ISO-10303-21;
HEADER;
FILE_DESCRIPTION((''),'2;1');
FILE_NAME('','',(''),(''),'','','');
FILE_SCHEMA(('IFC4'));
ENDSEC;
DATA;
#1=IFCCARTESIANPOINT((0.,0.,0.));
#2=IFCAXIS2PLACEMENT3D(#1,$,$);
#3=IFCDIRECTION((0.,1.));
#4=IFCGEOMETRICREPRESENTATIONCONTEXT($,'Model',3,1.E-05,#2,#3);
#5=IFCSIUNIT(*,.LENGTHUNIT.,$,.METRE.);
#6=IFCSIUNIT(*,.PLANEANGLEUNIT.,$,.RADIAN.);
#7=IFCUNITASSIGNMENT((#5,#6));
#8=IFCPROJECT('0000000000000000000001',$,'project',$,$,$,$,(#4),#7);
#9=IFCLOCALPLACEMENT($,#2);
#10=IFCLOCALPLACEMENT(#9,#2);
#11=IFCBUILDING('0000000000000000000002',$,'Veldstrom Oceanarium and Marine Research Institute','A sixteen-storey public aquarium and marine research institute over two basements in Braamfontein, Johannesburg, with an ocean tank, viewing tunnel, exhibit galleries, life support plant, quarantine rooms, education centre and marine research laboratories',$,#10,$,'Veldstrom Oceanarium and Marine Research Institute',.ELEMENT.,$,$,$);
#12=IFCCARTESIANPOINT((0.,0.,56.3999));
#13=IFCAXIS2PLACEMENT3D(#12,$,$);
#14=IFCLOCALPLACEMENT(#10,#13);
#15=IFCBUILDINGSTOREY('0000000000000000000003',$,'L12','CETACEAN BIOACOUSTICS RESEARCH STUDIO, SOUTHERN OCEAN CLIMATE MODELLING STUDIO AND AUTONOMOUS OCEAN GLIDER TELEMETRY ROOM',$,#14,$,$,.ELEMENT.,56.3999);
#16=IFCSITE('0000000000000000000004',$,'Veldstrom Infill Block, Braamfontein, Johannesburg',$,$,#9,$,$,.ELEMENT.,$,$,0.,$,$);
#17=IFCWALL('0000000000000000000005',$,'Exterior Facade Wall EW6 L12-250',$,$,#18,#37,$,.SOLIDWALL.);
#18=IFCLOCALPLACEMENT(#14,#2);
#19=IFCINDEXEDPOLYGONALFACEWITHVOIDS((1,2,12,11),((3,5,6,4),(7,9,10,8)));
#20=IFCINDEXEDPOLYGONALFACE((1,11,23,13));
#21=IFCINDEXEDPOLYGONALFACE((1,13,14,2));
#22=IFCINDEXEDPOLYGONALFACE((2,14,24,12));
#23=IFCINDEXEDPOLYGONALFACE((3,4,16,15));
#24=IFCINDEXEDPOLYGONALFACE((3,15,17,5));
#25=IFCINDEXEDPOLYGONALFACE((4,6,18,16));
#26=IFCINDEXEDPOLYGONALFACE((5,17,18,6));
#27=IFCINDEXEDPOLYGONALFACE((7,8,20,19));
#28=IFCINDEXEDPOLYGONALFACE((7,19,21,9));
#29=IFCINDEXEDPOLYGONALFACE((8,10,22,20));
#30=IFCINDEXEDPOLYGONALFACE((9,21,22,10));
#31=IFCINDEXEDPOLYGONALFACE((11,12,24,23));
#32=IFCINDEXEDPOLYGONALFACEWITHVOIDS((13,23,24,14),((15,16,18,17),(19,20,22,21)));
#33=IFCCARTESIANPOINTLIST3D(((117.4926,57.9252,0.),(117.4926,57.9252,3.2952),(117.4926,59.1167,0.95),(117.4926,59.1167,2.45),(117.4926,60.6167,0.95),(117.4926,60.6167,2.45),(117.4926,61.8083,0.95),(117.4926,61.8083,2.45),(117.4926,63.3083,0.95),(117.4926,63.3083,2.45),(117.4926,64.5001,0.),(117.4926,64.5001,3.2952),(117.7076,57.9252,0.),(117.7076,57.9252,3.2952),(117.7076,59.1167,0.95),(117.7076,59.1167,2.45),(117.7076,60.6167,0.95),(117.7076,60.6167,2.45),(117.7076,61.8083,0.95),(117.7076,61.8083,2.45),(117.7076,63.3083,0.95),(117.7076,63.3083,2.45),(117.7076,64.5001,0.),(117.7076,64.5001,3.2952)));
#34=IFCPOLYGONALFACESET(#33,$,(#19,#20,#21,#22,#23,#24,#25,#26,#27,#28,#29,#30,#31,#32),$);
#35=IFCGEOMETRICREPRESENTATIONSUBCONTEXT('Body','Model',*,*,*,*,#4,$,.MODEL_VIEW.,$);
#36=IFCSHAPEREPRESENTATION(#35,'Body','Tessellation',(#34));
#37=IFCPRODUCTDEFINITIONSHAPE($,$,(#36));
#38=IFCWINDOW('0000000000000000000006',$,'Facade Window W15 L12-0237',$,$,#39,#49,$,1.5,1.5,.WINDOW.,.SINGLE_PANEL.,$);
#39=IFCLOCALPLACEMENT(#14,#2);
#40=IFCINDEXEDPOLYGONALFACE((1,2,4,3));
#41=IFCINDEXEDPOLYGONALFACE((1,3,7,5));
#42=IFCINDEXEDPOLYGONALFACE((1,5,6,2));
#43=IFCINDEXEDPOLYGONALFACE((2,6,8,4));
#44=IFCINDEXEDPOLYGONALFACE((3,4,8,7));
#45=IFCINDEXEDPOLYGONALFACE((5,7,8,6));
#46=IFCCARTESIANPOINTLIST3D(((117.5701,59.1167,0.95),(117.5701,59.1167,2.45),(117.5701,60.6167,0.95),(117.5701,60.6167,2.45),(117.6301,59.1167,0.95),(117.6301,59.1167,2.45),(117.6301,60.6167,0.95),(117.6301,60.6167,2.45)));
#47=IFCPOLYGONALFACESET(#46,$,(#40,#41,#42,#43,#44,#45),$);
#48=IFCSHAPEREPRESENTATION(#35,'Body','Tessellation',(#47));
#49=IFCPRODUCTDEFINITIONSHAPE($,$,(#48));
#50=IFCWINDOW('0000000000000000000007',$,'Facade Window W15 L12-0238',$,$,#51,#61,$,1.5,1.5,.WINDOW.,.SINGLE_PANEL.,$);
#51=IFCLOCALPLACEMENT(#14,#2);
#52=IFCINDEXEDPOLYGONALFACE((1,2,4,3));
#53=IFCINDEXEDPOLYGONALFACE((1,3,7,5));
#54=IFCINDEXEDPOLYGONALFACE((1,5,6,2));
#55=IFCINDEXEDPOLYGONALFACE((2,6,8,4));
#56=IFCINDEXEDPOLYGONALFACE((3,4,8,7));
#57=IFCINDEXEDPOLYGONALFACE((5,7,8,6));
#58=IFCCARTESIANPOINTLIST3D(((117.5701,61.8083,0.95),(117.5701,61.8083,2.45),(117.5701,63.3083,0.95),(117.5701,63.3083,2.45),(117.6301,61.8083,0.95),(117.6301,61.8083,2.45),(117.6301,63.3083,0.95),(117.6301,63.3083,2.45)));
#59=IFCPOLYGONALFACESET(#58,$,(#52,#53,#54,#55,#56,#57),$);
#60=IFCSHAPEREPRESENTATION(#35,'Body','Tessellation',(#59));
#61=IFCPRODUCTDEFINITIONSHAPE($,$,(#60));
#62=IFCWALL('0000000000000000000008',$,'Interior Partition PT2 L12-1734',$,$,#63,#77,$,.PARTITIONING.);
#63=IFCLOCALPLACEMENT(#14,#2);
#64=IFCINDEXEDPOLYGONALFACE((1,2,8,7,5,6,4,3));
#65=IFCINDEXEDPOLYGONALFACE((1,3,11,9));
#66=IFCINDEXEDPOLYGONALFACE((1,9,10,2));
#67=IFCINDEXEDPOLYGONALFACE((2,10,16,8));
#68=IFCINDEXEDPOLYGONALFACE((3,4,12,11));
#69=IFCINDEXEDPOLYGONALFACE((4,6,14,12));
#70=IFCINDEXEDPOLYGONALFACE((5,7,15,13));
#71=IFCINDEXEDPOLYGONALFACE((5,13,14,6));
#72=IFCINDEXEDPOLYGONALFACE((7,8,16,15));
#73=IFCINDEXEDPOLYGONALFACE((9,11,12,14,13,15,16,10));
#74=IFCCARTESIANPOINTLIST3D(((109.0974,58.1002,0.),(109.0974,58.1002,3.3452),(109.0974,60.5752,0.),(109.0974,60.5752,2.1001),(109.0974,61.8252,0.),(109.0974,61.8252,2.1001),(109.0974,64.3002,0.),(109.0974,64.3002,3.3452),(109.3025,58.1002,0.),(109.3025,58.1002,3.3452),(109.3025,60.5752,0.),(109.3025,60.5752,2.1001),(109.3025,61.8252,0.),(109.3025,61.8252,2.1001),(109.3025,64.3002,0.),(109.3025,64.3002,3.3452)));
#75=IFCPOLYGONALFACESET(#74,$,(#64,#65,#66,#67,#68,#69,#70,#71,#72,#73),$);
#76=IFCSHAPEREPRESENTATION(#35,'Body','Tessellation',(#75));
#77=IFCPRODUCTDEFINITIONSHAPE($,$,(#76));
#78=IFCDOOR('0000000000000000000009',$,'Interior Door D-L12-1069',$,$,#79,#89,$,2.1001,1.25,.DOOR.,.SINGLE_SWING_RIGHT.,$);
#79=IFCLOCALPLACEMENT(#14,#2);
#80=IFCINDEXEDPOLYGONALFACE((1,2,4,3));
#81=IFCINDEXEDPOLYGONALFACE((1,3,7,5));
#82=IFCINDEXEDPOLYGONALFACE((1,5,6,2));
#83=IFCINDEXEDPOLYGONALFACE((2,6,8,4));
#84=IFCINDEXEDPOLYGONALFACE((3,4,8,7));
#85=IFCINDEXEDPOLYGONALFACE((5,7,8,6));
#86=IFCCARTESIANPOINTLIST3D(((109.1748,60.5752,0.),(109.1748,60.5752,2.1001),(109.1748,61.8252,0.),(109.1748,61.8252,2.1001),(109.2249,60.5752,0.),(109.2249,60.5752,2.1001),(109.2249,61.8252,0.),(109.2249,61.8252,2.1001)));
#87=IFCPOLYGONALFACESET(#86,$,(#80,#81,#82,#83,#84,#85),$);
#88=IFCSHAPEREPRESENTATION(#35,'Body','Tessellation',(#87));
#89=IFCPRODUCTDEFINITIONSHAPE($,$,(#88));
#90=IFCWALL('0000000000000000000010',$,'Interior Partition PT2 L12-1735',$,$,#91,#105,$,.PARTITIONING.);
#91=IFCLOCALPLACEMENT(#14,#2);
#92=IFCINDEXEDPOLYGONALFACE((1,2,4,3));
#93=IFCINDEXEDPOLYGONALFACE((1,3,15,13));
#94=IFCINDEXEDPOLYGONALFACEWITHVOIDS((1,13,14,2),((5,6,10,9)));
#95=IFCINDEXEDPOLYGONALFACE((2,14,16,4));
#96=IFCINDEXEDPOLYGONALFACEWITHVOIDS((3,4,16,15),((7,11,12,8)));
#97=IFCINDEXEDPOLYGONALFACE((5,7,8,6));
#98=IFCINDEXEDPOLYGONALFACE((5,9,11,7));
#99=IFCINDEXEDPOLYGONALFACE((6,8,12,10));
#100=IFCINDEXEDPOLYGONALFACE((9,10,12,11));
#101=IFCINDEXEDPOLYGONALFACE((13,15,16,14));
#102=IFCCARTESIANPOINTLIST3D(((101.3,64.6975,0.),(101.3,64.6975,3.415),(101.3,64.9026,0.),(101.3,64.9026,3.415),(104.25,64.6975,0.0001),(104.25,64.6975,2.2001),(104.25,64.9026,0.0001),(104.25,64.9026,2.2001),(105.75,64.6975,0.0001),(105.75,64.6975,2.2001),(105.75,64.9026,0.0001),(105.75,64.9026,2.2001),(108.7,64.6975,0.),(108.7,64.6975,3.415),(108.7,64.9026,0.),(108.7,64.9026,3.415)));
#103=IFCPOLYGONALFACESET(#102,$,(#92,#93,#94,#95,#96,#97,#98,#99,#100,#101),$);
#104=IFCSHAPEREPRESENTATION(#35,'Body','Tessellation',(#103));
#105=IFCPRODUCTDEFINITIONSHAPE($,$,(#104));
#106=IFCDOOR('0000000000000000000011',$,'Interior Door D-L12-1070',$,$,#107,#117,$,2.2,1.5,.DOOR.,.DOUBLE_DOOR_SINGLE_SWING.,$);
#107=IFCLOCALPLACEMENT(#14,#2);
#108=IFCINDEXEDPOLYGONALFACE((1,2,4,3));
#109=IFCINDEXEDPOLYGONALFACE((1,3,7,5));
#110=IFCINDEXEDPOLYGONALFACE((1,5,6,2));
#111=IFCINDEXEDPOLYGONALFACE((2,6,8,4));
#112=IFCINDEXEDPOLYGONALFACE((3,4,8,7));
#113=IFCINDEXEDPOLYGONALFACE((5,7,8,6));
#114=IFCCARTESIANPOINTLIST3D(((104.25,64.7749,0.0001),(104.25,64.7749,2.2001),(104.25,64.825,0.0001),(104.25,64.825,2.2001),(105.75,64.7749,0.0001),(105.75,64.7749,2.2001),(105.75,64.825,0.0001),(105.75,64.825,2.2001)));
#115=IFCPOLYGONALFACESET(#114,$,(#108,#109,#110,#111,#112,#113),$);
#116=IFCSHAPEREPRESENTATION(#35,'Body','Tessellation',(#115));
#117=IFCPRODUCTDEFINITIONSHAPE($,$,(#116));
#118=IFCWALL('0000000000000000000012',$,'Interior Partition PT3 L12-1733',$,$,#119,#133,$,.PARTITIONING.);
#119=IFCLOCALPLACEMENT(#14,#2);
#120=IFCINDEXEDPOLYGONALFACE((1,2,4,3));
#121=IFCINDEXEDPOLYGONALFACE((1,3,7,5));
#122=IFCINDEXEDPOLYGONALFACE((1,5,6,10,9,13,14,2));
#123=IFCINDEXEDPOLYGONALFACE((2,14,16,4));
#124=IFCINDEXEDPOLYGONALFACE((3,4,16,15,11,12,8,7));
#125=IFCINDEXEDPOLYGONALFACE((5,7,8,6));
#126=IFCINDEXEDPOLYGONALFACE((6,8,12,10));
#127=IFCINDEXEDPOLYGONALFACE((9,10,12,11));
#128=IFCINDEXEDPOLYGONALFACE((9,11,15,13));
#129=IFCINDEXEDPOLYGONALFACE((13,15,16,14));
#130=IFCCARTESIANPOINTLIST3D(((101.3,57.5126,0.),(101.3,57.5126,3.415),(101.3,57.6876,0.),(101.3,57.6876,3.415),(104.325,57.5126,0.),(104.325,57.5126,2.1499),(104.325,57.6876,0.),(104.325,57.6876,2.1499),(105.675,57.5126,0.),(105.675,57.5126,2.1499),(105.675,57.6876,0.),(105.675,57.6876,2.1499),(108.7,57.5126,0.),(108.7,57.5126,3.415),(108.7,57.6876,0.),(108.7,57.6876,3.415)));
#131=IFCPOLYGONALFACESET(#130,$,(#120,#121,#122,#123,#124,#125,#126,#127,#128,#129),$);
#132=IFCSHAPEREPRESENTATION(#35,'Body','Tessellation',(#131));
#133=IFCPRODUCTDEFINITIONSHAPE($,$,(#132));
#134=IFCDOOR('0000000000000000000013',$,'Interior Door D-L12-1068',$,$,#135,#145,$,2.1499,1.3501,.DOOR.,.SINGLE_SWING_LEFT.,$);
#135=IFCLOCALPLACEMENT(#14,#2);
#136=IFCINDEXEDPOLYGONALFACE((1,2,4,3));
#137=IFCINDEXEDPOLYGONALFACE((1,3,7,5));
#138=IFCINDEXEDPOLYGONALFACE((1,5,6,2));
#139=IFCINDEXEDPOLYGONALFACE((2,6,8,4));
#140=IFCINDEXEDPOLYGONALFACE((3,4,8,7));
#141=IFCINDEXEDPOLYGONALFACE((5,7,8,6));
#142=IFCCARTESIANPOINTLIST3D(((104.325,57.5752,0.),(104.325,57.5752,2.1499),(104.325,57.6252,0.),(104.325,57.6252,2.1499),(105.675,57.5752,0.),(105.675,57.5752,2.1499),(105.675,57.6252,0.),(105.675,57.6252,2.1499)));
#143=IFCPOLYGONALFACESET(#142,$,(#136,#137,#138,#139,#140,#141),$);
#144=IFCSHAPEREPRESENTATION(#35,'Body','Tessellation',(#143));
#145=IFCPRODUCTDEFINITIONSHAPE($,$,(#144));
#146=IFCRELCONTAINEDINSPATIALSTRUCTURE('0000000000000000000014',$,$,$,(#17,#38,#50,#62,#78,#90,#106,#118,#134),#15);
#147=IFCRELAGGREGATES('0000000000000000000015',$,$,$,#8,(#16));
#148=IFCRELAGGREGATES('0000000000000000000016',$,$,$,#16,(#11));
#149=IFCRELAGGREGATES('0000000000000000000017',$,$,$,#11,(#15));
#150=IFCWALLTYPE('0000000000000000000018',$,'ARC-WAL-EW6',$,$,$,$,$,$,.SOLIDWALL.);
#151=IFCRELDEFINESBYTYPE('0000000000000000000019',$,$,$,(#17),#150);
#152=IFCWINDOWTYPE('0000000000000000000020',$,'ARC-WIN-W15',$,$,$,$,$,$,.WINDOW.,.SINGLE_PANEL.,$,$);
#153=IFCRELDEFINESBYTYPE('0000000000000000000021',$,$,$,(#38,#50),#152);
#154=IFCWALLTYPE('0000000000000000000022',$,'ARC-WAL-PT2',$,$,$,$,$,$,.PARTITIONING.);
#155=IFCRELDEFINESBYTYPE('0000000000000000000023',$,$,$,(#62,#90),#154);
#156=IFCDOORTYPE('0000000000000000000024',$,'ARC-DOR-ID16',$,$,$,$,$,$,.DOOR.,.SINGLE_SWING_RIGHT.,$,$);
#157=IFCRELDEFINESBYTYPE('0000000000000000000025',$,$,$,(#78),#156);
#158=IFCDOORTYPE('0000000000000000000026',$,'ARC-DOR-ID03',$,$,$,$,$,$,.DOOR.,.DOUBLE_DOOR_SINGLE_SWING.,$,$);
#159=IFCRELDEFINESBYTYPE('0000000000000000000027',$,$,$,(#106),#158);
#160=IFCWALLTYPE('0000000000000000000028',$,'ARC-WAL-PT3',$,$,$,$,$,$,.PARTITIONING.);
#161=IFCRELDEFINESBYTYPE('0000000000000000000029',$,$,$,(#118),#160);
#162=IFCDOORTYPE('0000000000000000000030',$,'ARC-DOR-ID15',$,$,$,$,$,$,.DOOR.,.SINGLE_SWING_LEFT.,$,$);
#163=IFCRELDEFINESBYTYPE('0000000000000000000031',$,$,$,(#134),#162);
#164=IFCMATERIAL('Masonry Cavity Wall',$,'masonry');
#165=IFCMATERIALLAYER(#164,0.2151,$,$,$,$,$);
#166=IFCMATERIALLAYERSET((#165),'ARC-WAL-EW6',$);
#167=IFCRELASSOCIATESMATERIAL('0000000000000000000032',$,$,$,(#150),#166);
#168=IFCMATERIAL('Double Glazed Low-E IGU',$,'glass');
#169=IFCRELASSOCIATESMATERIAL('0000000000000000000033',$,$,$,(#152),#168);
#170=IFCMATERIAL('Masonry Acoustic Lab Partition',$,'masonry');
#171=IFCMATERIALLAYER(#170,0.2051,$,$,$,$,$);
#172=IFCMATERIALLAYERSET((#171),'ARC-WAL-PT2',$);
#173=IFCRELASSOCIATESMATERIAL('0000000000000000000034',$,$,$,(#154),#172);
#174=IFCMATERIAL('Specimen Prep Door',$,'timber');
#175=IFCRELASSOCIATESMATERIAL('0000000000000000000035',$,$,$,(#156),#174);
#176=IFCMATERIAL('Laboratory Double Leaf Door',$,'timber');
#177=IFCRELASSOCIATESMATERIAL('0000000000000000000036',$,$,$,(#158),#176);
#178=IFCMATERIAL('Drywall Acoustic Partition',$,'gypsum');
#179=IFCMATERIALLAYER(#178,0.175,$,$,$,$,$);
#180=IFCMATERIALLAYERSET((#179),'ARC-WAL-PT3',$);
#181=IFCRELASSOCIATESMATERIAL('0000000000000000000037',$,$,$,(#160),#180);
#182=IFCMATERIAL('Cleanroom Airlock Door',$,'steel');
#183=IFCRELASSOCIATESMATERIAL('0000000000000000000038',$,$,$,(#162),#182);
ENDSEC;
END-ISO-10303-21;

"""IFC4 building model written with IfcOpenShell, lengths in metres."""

from ifc_helpers import new_model, si_unit, direction, frame, frame_2d, origin, place, context, subcontext, project, spatial, rectangle, extrude, material, layer, layer_set, type_object, element, fill, save


model = new_model("IFC4")

# Units and contexts
model_context = context("Model", 3, precision=1e-05, world=origin(), true_north=direction((0.0, 1.0)))
body_context = subcontext(model_context, "Body", "Model", "MODEL_VIEW")
ifc_project = project(units=[si_unit("LENGTHUNIT", "METRE"), si_unit("PLANEANGLEUNIT", "RADIAN")], contexts=[model_context])

# Site, building, storey
site_placement = place(None, origin())
site = spatial("IfcSite", under=ifc_project, at=site_placement, Name="Veldstrom Infill Block, Braamfontein, Johannesburg", CompositionType="ELEMENT", RefElevation=0.0)
building_placement = place(site_placement, origin())
building = spatial("IfcBuilding", under=site, at=building_placement, Name="Veldstrom Oceanarium and Marine Research Institute", Description="A sixteen-storey public aquarium and marine research institute over two basements in Braamfontein, Johannesburg, with an ocean tank, viewing tunnel, exhibit galleries, life support plant, quarantine rooms, education centre and marine research laboratories", LongName="Veldstrom Oceanarium and Marine Research Institute", CompositionType="ELEMENT")
storey_placement = place(building_placement, frame((0.0, 0.0, 56.3999)))
storey = spatial("IfcBuildingStorey", under=building, at=storey_placement, Name="L12", Description="CETACEAN BIOACOUSTICS RESEARCH STUDIO, SOUTHERN OCEAN CLIMATE MODELLING STUDIO AND AUTONOMOUS OCEAN GLIDER TELEMETRY ROOM", CompositionType="ELEMENT", Elevation=56.3999)

# Wall, openings, windows
ifc_material_1 = material(Name="Masonry Cavity Wall", Category="masonry")
ifc_layer_1 = layer(ifc_material_1, 0.2151)
ifc_layer_set_1 = layer_set([ifc_layer_1], Name="ARC-WAL-EW6")
wall_type_1 = type_object("IfcWallType", Name="ARC-WAL-EW6", PredefinedType="SOLIDWALL", material=ifc_layer_set_1)
wall_1_placement = place(storey_placement, frame((117.6001, 57.925, 0.0), z_axis=(0.0, 0.0, 1.0), x_axis=(0.0, 1.0, 0.0)))
wall_1 = element("IfcWall", 1, at=wall_1_placement, inside=storey, type_object=wall_type_1, Name="Exterior Facade Wall EW6 L12-250", PredefinedType="SOLIDWALL", context=body_context, shape_type="SweptSolid", body=[
    extrude(rectangle(XDim=6.575, YDim=0.2151, at=frame_2d((3.2876, 0.0))), origin(), (0.0, 0.0, 1.0), 3.2952),
])
opening_1_placement = place(wall_1_placement, frame((1.1917, 0.0, 0.95)))
opening_1 = element("IfcOpeningElement", 2, at=opening_1_placement, cuts=wall_1, PredefinedType="OPENING", context=body_context, shape_type="SweptSolid", body=[
    extrude(rectangle(XDim=1.5, YDim=1.5, at=frame_2d((0.75, 0.75))), frame((0.0, 0.1174, 0.0), z_axis=(0.0, -1.0, 0.0), x_axis=(1.0, 0.0, 0.0)), (0.0, 0.0, 1.0), 0.2351),
])
opening_2_placement = place(wall_1_placement, frame((3.8833, 0.0, 0.95)))
opening_2 = element("IfcOpeningElement", 3, at=opening_2_placement, cuts=wall_1, PredefinedType="OPENING", context=body_context, shape_type="SweptSolid", body=[
    extrude(rectangle(XDim=1.5, YDim=1.5, at=frame_2d((0.75, 0.75))), frame((0.0, 0.1174, 0.0), z_axis=(0.0, -1.0, 0.0), x_axis=(1.0, 0.0, 0.0)), (0.0, 0.0, 1.0), 0.2351),
])
ifc_material_2 = material(Name="Double Glazed Low-E IGU", Category="glass")
window_type = type_object("IfcWindowType", Name="ARC-WIN-W15", PartitioningType="SINGLE_PANEL", PredefinedType="WINDOW", material=ifc_material_2)
window_1_placement = place(opening_1_placement, origin())
window_1 = element("IfcWindow", 4, at=window_1_placement, inside=storey, type_object=window_type, Name="Facade Window W15 L12-0237", OverallHeight=1.5, OverallWidth=1.5, PartitioningType="SINGLE_PANEL", PredefinedType="WINDOW", context=body_context, shape_type="SweptSolid", body=[
    extrude(rectangle(XDim=1.5, YDim=1.5, at=frame_2d((0.75, 0.75))), frame((0.0, 0.03, 0.0), z_axis=(0.0, -1.0, 0.0), x_axis=(1.0, 0.0, 0.0)), (0.0, 0.0, 1.0), 0.0601),
])
fill(opening_1, window_1)
window_2_placement = place(opening_2_placement, origin())
window_2 = element("IfcWindow", 5, at=window_2_placement, inside=storey, type_object=window_type, Name="Facade Window W15 L12-0238", OverallHeight=1.5, OverallWidth=1.5, PartitioningType="SINGLE_PANEL", PredefinedType="WINDOW", context=body_context, shape_type="SweptSolid", body=[
    extrude(rectangle(XDim=1.5, YDim=1.5, at=frame_2d((0.75, 0.75))), frame((0.0, 0.03, 0.0), z_axis=(0.0, -1.0, 0.0), x_axis=(1.0, 0.0, 0.0)), (0.0, 0.0, 1.0), 0.0601),
])
fill(opening_2, window_2)

# Walls, openings, doors
ifc_material_3 = material(Name="Masonry Acoustic Lab Partition", Category="masonry")
ifc_layer_2 = layer(ifc_material_3, 0.2051)
ifc_layer_set_2 = layer_set([ifc_layer_2], Name="ARC-WAL-PT2")
wall_type_2 = type_object("IfcWallType", Name="ARC-WAL-PT2", PredefinedType="PARTITIONING", material=ifc_layer_set_2)
wall_2_placement = place(storey_placement, frame((109.2, 58.1001, 0.0), z_axis=(0.0, 0.0, 1.0), x_axis=(0.0, 1.0, 0.0)))
wall_2 = element("IfcWall", 6, at=wall_2_placement, inside=storey, type_object=wall_type_2, Name="Interior Partition PT2 L12-1734", PredefinedType="PARTITIONING", context=body_context, shape_type="SweptSolid", body=[
    extrude(rectangle(XDim=6.2, YDim=0.2051, at=frame_2d((3.1001, 0.0))), origin(), (0.0, 0.0, 1.0), 3.3452),
])
opening_3_placement = place(wall_2_placement, frame((2.4751, 0.0, 0.0)))
opening_3 = element("IfcOpeningElement", 7, at=opening_3_placement, cuts=wall_2, PredefinedType="OPENING", context=body_context, shape_type="SweptSolid", body=[
    extrude(rectangle(XDim=1.25, YDim=2.1001, at=frame_2d((0.625, 1.05))), frame((0.0, 0.1125, 0.0), z_axis=(0.0, -1.0, 0.0), x_axis=(1.0, 0.0, 0.0)), (0.0, 0.0, 1.0), 0.2251),
])
ifc_material_4 = material(Name="Specimen Prep Door", Category="timber")
door_type_1 = type_object("IfcDoorType", Name="ARC-DOR-ID16", OperationType="SINGLE_SWING_RIGHT", PredefinedType="DOOR", material=ifc_material_4)
door_1_placement = place(opening_3_placement, frame((1.25, 0.0, 0.0), z_axis=(0.0, 0.0, 1.0), x_axis=(-1.0, 0.0, 0.0)))
door_1 = element("IfcDoor", 8, at=door_1_placement, inside=storey, type_object=door_type_1, Name="Interior Door D-L12-1069", OperationType="SINGLE_SWING_RIGHT", OverallHeight=2.1001, OverallWidth=1.25, PredefinedType="DOOR", context=body_context, shape_type="SweptSolid", body=[
    extrude(rectangle(XDim=1.25, YDim=2.1001, at=frame_2d((0.625, 1.05))), frame((0.0, 0.0249, 0.0), z_axis=(0.0, -1.0, 0.0), x_axis=(1.0, 0.0, 0.0)), (0.0, 0.0, 1.0), 0.05),
])
fill(opening_3, door_1)
wall_3_placement = place(storey_placement, frame((101.3, 64.8, 0.0), z_axis=(0.0, 0.0, 1.0), x_axis=(1.0, 0.0, 0.0)))
wall_3 = element("IfcWall", 9, at=wall_3_placement, inside=storey, type_object=wall_type_2, Name="Interior Partition PT2 L12-1735", PredefinedType="PARTITIONING", context=body_context, shape_type="SweptSolid", body=[
    extrude(rectangle(XDim=7.3999, YDim=0.2051, at=frame_2d((3.7, 0.0))), origin(), (0.0, 0.0, 1.0), 3.415),
])
opening_4_placement = place(wall_3_placement, frame((2.95, 0.0, 0.0)))
opening_4 = element("IfcOpeningElement", 10, at=opening_4_placement, cuts=wall_3, PredefinedType="OPENING", context=body_context, shape_type="SweptSolid", body=[
    extrude(rectangle(XDim=1.5, YDim=2.2, at=frame_2d((0.75, 1.1001))), frame((0.0, 0.1125, 0.0), z_axis=(0.0, -1.0, 0.0), x_axis=(1.0, 0.0, 0.0)), (0.0, 0.0, 1.0), 0.2251),
])
ifc_material_5 = material(Name="Laboratory Double Leaf Door", Category="timber")
door_type_2 = type_object("IfcDoorType", Name="ARC-DOR-ID03", OperationType="DOUBLE_DOOR_SINGLE_SWING", PredefinedType="DOOR", material=ifc_material_5)
door_2_placement = place(opening_4_placement, origin())
door_2 = element("IfcDoor", 11, at=door_2_placement, inside=storey, type_object=door_type_2, Name="Interior Door D-L12-1070", OperationType="DOUBLE_DOOR_SINGLE_SWING", OverallHeight=2.2, OverallWidth=1.5, PredefinedType="DOOR", context=body_context, shape_type="SweptSolid", body=[
    extrude(rectangle(XDim=1.5, YDim=2.2, at=frame_2d((0.75, 1.1001))), frame((0.0, 0.0249, 0.0), z_axis=(0.0, -1.0, 0.0), x_axis=(1.0, 0.0, 0.0)), (0.0, 0.0, 1.0), 0.05),
])
fill(opening_4, door_2)
ifc_material_6 = material(Name="Drywall Acoustic Partition", Category="gypsum")
ifc_layer_3 = layer(ifc_material_6, 0.175)
ifc_layer_set_3 = layer_set([ifc_layer_3], Name="ARC-WAL-PT3")
wall_type_3 = type_object("IfcWallType", Name="ARC-WAL-PT3", PredefinedType="PARTITIONING", material=ifc_layer_set_3)
wall_4_placement = place(storey_placement, frame((101.3, 57.6001, 0.0), z_axis=(0.0, 0.0, 1.0), x_axis=(1.0, 0.0, 0.0)))
wall_4 = element("IfcWall", 12, at=wall_4_placement, inside=storey, type_object=wall_type_3, Name="Interior Partition PT3 L12-1733", PredefinedType="PARTITIONING", context=body_context, shape_type="SweptSolid", body=[
    extrude(rectangle(XDim=7.3999, YDim=0.175, at=frame_2d((3.7, 0.0))), origin(), (0.0, 0.0, 1.0), 3.415),
])
opening_5_placement = place(wall_4_placement, frame((3.0249, 0.0, 0.0)))
opening_5 = element("IfcOpeningElement", 13, at=opening_5_placement, cuts=wall_4, PredefinedType="OPENING", context=body_context, shape_type="SweptSolid", body=[
    extrude(rectangle(XDim=1.3501, YDim=2.1499, at=frame_2d((0.675, 1.075))), frame((0.0, 0.0974, 0.0), z_axis=(0.0, -1.0, 0.0), x_axis=(1.0, 0.0, 0.0)), (0.0, 0.0, 1.0), 0.1951),
])
ifc_material_7 = material(Name="Cleanroom Airlock Door", Category="steel")
door_type_3 = type_object("IfcDoorType", Name="ARC-DOR-ID15", OperationType="SINGLE_SWING_LEFT", PredefinedType="DOOR", material=ifc_material_7)
door_3_placement = place(opening_5_placement, frame((1.3501, 0.0, 0.0), z_axis=(0.0, 0.0, 1.0), x_axis=(-1.0, 0.0, 0.0)))
door_3 = element("IfcDoor", 14, at=door_3_placement, inside=storey, type_object=door_type_3, Name="Interior Door D-L12-1068", OperationType="SINGLE_SWING_LEFT", OverallHeight=2.1499, OverallWidth=1.3501, PredefinedType="DOOR", context=body_context, shape_type="SweptSolid", body=[
    extrude(rectangle(XDim=1.3501, YDim=2.1499, at=frame_2d((0.675, 1.075))), frame((0.0, 0.0249, 0.0), z_axis=(0.0, -1.0, 0.0), x_axis=(1.0, 0.0, 0.0)), (0.0, 0.0, 1.0), 0.05),
])
fill(opening_5, door_3)

save(model, "model.ifc")
